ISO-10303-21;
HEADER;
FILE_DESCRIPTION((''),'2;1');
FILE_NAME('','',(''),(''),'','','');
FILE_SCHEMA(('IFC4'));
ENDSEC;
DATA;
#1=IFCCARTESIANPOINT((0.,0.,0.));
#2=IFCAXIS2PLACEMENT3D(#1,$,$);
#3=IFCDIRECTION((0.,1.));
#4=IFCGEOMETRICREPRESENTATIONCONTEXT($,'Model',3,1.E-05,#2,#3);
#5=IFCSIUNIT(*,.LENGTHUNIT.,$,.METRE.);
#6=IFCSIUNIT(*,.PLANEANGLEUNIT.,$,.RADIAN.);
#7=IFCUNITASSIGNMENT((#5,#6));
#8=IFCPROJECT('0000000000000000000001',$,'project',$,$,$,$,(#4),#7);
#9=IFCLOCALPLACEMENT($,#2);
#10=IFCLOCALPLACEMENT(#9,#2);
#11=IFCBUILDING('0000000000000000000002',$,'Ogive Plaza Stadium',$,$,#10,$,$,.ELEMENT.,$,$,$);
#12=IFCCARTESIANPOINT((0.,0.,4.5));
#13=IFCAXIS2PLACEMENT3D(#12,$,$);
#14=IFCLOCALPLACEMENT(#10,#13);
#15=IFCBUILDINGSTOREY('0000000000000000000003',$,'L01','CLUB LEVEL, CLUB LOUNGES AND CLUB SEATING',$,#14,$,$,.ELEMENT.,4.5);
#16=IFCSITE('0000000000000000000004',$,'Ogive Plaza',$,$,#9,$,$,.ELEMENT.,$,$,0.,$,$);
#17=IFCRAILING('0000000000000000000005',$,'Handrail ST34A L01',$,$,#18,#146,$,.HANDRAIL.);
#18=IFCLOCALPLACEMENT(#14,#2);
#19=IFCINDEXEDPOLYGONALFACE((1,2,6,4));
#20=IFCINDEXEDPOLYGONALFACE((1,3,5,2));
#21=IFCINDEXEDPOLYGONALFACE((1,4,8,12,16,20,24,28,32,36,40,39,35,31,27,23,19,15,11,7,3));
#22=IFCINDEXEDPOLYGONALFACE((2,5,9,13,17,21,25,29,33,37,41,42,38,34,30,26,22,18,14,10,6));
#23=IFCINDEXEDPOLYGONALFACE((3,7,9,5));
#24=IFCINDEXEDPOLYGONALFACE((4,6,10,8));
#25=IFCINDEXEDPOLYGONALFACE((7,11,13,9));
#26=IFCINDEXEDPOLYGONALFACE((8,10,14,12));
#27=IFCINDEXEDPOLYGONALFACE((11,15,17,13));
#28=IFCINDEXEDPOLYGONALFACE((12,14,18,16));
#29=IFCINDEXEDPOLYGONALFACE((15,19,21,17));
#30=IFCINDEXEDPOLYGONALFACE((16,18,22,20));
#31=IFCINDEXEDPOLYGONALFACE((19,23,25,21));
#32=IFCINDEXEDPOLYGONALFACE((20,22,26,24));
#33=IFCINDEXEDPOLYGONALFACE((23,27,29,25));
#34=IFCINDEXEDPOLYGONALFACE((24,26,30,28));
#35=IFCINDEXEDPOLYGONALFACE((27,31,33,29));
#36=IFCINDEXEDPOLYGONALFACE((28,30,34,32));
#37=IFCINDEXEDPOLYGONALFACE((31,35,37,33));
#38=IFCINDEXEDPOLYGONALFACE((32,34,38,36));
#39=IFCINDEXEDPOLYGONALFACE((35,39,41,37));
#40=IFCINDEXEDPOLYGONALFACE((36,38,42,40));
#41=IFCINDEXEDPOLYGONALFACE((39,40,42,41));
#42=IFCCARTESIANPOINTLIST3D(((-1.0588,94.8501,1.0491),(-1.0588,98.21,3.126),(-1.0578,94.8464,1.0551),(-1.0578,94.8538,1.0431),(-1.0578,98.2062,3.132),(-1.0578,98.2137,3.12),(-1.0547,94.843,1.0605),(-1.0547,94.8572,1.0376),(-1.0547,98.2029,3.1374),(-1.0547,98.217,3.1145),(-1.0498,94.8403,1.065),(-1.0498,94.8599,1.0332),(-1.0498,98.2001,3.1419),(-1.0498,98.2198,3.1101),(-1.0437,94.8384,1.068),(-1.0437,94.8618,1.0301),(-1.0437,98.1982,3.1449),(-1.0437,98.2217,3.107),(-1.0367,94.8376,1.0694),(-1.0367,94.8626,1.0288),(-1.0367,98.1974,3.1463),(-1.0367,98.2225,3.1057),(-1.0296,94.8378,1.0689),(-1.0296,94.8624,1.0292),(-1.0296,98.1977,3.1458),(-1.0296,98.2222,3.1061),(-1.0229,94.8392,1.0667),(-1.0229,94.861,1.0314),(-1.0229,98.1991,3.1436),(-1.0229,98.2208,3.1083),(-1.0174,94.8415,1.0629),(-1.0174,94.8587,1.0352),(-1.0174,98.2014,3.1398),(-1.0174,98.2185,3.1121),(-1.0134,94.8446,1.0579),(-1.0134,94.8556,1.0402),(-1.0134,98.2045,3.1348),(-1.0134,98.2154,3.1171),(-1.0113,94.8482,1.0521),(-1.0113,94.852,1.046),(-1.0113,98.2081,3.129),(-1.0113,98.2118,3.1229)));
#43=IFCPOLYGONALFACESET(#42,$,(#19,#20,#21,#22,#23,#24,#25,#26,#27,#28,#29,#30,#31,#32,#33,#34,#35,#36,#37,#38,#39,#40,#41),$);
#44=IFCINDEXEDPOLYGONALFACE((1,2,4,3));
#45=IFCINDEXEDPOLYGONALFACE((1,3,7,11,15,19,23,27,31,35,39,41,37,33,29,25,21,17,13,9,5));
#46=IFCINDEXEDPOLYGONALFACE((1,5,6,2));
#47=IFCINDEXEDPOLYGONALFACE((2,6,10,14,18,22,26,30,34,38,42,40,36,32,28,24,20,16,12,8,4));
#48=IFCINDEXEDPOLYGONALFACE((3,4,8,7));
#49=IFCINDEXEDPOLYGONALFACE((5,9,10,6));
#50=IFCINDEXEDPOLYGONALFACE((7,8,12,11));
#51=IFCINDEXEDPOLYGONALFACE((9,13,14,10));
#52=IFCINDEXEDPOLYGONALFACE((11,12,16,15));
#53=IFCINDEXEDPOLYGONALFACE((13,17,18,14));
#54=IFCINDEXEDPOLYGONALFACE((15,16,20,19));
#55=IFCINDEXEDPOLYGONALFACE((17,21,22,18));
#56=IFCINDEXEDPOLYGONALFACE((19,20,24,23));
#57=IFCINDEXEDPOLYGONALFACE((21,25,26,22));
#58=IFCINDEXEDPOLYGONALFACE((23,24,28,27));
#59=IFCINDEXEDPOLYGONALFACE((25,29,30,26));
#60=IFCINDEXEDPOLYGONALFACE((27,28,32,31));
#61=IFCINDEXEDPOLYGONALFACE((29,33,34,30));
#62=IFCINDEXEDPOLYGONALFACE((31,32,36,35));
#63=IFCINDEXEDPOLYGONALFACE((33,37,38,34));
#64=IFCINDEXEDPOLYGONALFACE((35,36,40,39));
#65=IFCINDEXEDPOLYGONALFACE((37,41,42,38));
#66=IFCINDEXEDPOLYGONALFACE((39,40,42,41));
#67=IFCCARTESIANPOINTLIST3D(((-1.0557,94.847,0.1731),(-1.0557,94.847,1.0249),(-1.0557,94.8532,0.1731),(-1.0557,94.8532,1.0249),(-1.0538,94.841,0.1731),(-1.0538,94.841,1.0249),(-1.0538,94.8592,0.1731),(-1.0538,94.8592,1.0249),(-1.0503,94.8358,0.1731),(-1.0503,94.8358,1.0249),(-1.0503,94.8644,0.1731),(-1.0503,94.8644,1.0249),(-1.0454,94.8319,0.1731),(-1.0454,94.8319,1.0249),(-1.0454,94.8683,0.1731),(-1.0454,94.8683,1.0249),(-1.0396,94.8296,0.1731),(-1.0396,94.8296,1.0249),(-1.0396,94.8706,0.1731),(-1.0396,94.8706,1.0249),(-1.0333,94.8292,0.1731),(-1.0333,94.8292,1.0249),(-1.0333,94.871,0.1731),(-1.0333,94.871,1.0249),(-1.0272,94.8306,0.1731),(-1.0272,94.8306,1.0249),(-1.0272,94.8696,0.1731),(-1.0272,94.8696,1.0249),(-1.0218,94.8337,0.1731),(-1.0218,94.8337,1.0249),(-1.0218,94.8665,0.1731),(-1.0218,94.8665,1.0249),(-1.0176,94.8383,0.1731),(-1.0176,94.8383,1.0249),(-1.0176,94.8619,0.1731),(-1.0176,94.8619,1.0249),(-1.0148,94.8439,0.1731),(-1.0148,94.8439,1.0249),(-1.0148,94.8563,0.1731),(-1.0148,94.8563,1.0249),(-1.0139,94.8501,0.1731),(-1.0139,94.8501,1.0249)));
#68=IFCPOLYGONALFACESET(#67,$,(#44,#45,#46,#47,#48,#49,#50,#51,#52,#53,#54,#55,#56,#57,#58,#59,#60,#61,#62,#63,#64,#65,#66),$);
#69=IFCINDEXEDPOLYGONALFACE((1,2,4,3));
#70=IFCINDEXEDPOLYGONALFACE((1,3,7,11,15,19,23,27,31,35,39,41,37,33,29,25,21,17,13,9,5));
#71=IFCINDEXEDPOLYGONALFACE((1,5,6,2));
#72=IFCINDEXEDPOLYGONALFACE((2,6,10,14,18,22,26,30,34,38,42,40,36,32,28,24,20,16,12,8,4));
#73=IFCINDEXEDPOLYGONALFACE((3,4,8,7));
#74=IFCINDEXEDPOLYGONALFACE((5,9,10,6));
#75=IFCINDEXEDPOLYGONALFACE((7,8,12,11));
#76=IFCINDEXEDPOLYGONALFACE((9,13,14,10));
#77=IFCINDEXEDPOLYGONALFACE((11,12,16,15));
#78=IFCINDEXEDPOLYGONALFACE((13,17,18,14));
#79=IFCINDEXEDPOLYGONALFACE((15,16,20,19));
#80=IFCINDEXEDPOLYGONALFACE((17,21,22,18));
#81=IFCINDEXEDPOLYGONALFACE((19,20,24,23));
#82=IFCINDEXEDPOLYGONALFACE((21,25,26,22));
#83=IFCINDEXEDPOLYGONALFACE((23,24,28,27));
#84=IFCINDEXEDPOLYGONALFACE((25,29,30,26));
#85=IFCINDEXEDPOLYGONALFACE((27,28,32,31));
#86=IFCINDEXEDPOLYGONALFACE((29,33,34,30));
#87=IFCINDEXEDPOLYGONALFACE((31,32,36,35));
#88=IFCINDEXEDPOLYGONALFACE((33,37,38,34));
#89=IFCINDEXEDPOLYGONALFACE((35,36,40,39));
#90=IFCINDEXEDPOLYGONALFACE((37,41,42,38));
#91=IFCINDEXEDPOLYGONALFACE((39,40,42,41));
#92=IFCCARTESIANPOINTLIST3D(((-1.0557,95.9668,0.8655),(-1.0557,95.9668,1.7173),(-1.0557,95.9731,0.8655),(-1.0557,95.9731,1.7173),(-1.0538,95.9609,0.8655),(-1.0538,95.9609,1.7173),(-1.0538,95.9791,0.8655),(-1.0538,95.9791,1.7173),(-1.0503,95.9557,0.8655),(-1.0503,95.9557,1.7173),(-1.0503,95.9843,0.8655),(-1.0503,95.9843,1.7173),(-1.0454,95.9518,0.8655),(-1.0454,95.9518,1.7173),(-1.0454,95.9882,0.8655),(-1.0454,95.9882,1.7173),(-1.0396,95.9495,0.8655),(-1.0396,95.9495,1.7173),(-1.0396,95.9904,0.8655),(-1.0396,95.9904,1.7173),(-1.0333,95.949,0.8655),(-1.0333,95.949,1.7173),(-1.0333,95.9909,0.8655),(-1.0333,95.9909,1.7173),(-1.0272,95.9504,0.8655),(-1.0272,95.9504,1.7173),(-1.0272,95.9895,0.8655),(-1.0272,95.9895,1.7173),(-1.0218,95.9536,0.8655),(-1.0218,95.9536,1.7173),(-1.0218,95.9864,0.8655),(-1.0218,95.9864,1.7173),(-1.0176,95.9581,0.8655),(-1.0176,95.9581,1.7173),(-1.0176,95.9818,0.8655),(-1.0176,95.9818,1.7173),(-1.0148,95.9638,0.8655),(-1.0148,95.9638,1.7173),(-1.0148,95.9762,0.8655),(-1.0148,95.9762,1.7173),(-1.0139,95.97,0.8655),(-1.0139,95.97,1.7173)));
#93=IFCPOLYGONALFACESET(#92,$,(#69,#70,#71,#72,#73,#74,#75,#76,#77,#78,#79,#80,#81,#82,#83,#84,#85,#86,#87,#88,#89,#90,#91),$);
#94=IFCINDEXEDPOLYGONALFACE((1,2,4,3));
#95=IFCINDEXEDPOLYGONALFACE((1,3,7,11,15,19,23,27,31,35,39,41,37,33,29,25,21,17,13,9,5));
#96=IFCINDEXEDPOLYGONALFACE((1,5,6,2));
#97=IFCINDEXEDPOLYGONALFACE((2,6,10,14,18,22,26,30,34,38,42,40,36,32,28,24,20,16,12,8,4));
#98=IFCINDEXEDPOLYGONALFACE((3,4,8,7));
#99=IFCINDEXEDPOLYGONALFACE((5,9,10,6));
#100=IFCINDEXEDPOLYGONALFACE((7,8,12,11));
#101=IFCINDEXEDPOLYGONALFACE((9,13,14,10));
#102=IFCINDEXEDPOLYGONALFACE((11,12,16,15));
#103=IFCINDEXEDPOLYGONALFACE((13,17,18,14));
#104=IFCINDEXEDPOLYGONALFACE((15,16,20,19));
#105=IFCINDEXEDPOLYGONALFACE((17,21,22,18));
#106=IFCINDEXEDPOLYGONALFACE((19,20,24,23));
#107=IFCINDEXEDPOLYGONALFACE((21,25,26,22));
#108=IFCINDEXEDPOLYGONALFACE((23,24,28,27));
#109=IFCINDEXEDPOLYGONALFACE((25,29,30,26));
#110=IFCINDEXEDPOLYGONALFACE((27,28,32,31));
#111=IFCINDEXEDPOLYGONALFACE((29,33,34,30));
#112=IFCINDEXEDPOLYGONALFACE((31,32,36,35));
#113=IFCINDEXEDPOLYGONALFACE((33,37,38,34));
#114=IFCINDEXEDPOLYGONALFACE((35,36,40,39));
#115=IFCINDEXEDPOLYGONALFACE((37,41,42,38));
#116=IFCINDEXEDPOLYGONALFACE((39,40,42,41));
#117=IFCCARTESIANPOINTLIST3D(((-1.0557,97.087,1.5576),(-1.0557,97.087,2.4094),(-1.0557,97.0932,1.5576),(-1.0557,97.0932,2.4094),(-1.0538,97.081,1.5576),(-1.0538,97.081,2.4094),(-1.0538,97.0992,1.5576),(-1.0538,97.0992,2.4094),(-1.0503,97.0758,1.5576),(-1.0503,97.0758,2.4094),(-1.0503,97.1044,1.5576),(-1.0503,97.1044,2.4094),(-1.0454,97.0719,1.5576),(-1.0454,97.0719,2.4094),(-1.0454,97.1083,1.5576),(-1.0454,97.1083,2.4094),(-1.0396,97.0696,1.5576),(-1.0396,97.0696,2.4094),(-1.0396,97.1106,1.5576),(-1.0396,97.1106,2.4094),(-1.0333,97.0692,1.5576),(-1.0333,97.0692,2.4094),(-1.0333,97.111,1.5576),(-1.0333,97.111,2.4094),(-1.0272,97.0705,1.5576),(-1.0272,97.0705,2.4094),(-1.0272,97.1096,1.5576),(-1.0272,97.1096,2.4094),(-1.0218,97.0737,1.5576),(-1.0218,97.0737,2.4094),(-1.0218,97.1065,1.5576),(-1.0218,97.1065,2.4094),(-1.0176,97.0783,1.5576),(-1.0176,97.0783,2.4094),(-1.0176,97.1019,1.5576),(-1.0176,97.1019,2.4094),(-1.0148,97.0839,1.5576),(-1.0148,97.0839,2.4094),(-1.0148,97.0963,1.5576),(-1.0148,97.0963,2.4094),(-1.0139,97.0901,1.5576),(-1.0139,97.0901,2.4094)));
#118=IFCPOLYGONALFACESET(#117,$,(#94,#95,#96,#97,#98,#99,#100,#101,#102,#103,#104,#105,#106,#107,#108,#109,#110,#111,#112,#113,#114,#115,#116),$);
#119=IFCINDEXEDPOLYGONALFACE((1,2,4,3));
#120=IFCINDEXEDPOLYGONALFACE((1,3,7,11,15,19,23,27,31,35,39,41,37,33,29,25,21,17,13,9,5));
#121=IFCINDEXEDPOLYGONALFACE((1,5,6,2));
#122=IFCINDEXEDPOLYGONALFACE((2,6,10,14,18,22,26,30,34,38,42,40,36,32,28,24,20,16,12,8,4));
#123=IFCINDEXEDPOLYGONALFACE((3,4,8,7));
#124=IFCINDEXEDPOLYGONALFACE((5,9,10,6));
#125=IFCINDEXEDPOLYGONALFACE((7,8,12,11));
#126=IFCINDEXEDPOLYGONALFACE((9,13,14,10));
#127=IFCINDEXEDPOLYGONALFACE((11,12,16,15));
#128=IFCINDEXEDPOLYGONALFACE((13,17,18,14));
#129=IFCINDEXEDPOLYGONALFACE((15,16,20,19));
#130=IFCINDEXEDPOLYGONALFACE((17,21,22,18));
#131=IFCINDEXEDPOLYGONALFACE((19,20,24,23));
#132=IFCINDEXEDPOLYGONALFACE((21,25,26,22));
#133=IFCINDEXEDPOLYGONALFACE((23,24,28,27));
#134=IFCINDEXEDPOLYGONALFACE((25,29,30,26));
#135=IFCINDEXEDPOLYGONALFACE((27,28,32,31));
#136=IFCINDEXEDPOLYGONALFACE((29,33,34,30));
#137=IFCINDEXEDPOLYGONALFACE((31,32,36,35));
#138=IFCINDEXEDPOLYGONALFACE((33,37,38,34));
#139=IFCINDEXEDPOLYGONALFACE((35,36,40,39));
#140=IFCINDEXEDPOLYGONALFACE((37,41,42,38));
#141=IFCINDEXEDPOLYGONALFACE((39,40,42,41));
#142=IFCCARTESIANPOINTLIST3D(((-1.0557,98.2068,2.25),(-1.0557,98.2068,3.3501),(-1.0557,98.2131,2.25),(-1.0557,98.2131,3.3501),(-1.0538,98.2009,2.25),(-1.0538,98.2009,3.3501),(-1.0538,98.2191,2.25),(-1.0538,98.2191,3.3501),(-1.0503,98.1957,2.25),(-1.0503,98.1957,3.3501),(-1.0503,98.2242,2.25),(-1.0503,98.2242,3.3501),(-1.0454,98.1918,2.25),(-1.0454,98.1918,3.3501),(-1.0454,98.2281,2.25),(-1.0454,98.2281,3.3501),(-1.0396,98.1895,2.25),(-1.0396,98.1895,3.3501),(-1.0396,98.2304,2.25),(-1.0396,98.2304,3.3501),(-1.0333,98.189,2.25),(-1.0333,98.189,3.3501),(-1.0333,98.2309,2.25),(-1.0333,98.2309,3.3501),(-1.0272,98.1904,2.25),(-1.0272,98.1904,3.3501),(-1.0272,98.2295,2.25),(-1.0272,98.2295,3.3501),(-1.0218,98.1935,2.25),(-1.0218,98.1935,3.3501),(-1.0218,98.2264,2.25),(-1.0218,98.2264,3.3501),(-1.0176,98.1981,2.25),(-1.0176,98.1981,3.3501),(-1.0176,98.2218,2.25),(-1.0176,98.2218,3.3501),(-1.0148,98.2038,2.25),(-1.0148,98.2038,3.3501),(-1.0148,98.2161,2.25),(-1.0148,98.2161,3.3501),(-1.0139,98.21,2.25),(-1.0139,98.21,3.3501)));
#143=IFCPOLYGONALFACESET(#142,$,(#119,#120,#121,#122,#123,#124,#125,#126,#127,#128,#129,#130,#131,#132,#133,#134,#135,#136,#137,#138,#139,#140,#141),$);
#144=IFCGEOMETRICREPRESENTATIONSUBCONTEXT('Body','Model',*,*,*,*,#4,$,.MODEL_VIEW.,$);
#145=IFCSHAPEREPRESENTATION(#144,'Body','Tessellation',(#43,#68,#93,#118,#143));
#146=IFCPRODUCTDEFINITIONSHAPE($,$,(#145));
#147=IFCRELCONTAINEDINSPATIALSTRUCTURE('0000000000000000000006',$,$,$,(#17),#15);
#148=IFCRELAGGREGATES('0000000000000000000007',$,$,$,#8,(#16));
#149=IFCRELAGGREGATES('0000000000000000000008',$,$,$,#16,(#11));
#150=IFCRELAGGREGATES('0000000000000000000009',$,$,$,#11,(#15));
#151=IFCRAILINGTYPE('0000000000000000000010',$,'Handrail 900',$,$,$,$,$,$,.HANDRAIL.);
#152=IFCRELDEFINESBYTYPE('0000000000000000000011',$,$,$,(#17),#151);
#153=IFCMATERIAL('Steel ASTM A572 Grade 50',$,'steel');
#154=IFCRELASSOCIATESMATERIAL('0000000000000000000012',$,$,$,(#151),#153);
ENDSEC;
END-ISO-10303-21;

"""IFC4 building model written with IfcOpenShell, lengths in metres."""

from ifc_helpers import new_model, si_unit, direction, frame, origin, origin_2d, place, context, subcontext, project, spatial, circle, extrude, material, type_object, element, save


model = new_model("IFC4")

# Units and contexts
model_context = context("Model", 3, precision=1e-05, world=origin(), true_north=direction((0.0, 1.0)))
body_context = subcontext(model_context, "Body", "Model", "MODEL_VIEW")
ifc_project = project(units=[si_unit("LENGTHUNIT", "METRE"), si_unit("PLANEANGLEUNIT", "RADIAN")], contexts=[model_context])

# Site, building, storey
site_placement = place(None, origin())
site = spatial("IfcSite", under=ifc_project, at=site_placement, Name="Ogive Plaza", CompositionType="ELEMENT", RefElevation=0.0)
building_placement = place(site_placement, origin())
building = spatial("IfcBuilding", under=site, at=building_placement, Name="Ogive Plaza Stadium", CompositionType="ELEMENT")
storey_placement = place(building_placement, frame((0.0, 0.0, 4.5)))
storey = spatial("IfcBuildingStorey", under=building, at=storey_placement, Name="L01", Description="CLUB LEVEL, CLUB LOUNGES AND CLUB SEATING", CompositionType="ELEMENT", Elevation=4.5)

# Railing
ifc_material_1 = material(Name="Steel ASTM A572 Grade 50", Category="steel")
railing_type_1 = type_object("IfcRailingType", Name="Handrail 900", PredefinedType="HANDRAIL", material=ifc_material_1)
for number, where, name in (
    (1, (-1.0349, 94.8501, 0.1731), "Handrail ST34A L01"),
):
    element("IfcRailing", number, at=place(storey_placement, frame(where)), inside=storey, type_object=railing_type_1, Name=name, PredefinedType="HANDRAIL", context=body_context, shape_type="SweptSolid", body=[
        extrude(circle(Radius=0.0239, at=origin_2d()), frame((0.0, 0.0, 0.876), z_axis=(0.0, 0.850606, 0.525803), x_axis=(-1.0, 0.0, 0.0)), (0.0, 0.0, 1.0), 3.95),
        extrude(circle(Radius=0.021, at=origin_2d()), origin(), (0.0, 0.0, 1.0), 0.8518),
        extrude(circle(Radius=0.021, at=origin_2d()), frame((0.0, 1.1199, 0.6924)), (0.0, 0.0, 1.0), 0.8518),
        extrude(circle(Radius=0.021, at=origin_2d()), frame((0.0, 2.24, 1.3845)), (0.0, 0.0, 1.0), 0.8518),
        extrude(circle(Radius=0.021, at=origin_2d()), frame((0.0, 3.3599, 2.0769)), (0.0, 0.0, 1.0), 1.1001),
    ])

save(model, "model.ifc")
